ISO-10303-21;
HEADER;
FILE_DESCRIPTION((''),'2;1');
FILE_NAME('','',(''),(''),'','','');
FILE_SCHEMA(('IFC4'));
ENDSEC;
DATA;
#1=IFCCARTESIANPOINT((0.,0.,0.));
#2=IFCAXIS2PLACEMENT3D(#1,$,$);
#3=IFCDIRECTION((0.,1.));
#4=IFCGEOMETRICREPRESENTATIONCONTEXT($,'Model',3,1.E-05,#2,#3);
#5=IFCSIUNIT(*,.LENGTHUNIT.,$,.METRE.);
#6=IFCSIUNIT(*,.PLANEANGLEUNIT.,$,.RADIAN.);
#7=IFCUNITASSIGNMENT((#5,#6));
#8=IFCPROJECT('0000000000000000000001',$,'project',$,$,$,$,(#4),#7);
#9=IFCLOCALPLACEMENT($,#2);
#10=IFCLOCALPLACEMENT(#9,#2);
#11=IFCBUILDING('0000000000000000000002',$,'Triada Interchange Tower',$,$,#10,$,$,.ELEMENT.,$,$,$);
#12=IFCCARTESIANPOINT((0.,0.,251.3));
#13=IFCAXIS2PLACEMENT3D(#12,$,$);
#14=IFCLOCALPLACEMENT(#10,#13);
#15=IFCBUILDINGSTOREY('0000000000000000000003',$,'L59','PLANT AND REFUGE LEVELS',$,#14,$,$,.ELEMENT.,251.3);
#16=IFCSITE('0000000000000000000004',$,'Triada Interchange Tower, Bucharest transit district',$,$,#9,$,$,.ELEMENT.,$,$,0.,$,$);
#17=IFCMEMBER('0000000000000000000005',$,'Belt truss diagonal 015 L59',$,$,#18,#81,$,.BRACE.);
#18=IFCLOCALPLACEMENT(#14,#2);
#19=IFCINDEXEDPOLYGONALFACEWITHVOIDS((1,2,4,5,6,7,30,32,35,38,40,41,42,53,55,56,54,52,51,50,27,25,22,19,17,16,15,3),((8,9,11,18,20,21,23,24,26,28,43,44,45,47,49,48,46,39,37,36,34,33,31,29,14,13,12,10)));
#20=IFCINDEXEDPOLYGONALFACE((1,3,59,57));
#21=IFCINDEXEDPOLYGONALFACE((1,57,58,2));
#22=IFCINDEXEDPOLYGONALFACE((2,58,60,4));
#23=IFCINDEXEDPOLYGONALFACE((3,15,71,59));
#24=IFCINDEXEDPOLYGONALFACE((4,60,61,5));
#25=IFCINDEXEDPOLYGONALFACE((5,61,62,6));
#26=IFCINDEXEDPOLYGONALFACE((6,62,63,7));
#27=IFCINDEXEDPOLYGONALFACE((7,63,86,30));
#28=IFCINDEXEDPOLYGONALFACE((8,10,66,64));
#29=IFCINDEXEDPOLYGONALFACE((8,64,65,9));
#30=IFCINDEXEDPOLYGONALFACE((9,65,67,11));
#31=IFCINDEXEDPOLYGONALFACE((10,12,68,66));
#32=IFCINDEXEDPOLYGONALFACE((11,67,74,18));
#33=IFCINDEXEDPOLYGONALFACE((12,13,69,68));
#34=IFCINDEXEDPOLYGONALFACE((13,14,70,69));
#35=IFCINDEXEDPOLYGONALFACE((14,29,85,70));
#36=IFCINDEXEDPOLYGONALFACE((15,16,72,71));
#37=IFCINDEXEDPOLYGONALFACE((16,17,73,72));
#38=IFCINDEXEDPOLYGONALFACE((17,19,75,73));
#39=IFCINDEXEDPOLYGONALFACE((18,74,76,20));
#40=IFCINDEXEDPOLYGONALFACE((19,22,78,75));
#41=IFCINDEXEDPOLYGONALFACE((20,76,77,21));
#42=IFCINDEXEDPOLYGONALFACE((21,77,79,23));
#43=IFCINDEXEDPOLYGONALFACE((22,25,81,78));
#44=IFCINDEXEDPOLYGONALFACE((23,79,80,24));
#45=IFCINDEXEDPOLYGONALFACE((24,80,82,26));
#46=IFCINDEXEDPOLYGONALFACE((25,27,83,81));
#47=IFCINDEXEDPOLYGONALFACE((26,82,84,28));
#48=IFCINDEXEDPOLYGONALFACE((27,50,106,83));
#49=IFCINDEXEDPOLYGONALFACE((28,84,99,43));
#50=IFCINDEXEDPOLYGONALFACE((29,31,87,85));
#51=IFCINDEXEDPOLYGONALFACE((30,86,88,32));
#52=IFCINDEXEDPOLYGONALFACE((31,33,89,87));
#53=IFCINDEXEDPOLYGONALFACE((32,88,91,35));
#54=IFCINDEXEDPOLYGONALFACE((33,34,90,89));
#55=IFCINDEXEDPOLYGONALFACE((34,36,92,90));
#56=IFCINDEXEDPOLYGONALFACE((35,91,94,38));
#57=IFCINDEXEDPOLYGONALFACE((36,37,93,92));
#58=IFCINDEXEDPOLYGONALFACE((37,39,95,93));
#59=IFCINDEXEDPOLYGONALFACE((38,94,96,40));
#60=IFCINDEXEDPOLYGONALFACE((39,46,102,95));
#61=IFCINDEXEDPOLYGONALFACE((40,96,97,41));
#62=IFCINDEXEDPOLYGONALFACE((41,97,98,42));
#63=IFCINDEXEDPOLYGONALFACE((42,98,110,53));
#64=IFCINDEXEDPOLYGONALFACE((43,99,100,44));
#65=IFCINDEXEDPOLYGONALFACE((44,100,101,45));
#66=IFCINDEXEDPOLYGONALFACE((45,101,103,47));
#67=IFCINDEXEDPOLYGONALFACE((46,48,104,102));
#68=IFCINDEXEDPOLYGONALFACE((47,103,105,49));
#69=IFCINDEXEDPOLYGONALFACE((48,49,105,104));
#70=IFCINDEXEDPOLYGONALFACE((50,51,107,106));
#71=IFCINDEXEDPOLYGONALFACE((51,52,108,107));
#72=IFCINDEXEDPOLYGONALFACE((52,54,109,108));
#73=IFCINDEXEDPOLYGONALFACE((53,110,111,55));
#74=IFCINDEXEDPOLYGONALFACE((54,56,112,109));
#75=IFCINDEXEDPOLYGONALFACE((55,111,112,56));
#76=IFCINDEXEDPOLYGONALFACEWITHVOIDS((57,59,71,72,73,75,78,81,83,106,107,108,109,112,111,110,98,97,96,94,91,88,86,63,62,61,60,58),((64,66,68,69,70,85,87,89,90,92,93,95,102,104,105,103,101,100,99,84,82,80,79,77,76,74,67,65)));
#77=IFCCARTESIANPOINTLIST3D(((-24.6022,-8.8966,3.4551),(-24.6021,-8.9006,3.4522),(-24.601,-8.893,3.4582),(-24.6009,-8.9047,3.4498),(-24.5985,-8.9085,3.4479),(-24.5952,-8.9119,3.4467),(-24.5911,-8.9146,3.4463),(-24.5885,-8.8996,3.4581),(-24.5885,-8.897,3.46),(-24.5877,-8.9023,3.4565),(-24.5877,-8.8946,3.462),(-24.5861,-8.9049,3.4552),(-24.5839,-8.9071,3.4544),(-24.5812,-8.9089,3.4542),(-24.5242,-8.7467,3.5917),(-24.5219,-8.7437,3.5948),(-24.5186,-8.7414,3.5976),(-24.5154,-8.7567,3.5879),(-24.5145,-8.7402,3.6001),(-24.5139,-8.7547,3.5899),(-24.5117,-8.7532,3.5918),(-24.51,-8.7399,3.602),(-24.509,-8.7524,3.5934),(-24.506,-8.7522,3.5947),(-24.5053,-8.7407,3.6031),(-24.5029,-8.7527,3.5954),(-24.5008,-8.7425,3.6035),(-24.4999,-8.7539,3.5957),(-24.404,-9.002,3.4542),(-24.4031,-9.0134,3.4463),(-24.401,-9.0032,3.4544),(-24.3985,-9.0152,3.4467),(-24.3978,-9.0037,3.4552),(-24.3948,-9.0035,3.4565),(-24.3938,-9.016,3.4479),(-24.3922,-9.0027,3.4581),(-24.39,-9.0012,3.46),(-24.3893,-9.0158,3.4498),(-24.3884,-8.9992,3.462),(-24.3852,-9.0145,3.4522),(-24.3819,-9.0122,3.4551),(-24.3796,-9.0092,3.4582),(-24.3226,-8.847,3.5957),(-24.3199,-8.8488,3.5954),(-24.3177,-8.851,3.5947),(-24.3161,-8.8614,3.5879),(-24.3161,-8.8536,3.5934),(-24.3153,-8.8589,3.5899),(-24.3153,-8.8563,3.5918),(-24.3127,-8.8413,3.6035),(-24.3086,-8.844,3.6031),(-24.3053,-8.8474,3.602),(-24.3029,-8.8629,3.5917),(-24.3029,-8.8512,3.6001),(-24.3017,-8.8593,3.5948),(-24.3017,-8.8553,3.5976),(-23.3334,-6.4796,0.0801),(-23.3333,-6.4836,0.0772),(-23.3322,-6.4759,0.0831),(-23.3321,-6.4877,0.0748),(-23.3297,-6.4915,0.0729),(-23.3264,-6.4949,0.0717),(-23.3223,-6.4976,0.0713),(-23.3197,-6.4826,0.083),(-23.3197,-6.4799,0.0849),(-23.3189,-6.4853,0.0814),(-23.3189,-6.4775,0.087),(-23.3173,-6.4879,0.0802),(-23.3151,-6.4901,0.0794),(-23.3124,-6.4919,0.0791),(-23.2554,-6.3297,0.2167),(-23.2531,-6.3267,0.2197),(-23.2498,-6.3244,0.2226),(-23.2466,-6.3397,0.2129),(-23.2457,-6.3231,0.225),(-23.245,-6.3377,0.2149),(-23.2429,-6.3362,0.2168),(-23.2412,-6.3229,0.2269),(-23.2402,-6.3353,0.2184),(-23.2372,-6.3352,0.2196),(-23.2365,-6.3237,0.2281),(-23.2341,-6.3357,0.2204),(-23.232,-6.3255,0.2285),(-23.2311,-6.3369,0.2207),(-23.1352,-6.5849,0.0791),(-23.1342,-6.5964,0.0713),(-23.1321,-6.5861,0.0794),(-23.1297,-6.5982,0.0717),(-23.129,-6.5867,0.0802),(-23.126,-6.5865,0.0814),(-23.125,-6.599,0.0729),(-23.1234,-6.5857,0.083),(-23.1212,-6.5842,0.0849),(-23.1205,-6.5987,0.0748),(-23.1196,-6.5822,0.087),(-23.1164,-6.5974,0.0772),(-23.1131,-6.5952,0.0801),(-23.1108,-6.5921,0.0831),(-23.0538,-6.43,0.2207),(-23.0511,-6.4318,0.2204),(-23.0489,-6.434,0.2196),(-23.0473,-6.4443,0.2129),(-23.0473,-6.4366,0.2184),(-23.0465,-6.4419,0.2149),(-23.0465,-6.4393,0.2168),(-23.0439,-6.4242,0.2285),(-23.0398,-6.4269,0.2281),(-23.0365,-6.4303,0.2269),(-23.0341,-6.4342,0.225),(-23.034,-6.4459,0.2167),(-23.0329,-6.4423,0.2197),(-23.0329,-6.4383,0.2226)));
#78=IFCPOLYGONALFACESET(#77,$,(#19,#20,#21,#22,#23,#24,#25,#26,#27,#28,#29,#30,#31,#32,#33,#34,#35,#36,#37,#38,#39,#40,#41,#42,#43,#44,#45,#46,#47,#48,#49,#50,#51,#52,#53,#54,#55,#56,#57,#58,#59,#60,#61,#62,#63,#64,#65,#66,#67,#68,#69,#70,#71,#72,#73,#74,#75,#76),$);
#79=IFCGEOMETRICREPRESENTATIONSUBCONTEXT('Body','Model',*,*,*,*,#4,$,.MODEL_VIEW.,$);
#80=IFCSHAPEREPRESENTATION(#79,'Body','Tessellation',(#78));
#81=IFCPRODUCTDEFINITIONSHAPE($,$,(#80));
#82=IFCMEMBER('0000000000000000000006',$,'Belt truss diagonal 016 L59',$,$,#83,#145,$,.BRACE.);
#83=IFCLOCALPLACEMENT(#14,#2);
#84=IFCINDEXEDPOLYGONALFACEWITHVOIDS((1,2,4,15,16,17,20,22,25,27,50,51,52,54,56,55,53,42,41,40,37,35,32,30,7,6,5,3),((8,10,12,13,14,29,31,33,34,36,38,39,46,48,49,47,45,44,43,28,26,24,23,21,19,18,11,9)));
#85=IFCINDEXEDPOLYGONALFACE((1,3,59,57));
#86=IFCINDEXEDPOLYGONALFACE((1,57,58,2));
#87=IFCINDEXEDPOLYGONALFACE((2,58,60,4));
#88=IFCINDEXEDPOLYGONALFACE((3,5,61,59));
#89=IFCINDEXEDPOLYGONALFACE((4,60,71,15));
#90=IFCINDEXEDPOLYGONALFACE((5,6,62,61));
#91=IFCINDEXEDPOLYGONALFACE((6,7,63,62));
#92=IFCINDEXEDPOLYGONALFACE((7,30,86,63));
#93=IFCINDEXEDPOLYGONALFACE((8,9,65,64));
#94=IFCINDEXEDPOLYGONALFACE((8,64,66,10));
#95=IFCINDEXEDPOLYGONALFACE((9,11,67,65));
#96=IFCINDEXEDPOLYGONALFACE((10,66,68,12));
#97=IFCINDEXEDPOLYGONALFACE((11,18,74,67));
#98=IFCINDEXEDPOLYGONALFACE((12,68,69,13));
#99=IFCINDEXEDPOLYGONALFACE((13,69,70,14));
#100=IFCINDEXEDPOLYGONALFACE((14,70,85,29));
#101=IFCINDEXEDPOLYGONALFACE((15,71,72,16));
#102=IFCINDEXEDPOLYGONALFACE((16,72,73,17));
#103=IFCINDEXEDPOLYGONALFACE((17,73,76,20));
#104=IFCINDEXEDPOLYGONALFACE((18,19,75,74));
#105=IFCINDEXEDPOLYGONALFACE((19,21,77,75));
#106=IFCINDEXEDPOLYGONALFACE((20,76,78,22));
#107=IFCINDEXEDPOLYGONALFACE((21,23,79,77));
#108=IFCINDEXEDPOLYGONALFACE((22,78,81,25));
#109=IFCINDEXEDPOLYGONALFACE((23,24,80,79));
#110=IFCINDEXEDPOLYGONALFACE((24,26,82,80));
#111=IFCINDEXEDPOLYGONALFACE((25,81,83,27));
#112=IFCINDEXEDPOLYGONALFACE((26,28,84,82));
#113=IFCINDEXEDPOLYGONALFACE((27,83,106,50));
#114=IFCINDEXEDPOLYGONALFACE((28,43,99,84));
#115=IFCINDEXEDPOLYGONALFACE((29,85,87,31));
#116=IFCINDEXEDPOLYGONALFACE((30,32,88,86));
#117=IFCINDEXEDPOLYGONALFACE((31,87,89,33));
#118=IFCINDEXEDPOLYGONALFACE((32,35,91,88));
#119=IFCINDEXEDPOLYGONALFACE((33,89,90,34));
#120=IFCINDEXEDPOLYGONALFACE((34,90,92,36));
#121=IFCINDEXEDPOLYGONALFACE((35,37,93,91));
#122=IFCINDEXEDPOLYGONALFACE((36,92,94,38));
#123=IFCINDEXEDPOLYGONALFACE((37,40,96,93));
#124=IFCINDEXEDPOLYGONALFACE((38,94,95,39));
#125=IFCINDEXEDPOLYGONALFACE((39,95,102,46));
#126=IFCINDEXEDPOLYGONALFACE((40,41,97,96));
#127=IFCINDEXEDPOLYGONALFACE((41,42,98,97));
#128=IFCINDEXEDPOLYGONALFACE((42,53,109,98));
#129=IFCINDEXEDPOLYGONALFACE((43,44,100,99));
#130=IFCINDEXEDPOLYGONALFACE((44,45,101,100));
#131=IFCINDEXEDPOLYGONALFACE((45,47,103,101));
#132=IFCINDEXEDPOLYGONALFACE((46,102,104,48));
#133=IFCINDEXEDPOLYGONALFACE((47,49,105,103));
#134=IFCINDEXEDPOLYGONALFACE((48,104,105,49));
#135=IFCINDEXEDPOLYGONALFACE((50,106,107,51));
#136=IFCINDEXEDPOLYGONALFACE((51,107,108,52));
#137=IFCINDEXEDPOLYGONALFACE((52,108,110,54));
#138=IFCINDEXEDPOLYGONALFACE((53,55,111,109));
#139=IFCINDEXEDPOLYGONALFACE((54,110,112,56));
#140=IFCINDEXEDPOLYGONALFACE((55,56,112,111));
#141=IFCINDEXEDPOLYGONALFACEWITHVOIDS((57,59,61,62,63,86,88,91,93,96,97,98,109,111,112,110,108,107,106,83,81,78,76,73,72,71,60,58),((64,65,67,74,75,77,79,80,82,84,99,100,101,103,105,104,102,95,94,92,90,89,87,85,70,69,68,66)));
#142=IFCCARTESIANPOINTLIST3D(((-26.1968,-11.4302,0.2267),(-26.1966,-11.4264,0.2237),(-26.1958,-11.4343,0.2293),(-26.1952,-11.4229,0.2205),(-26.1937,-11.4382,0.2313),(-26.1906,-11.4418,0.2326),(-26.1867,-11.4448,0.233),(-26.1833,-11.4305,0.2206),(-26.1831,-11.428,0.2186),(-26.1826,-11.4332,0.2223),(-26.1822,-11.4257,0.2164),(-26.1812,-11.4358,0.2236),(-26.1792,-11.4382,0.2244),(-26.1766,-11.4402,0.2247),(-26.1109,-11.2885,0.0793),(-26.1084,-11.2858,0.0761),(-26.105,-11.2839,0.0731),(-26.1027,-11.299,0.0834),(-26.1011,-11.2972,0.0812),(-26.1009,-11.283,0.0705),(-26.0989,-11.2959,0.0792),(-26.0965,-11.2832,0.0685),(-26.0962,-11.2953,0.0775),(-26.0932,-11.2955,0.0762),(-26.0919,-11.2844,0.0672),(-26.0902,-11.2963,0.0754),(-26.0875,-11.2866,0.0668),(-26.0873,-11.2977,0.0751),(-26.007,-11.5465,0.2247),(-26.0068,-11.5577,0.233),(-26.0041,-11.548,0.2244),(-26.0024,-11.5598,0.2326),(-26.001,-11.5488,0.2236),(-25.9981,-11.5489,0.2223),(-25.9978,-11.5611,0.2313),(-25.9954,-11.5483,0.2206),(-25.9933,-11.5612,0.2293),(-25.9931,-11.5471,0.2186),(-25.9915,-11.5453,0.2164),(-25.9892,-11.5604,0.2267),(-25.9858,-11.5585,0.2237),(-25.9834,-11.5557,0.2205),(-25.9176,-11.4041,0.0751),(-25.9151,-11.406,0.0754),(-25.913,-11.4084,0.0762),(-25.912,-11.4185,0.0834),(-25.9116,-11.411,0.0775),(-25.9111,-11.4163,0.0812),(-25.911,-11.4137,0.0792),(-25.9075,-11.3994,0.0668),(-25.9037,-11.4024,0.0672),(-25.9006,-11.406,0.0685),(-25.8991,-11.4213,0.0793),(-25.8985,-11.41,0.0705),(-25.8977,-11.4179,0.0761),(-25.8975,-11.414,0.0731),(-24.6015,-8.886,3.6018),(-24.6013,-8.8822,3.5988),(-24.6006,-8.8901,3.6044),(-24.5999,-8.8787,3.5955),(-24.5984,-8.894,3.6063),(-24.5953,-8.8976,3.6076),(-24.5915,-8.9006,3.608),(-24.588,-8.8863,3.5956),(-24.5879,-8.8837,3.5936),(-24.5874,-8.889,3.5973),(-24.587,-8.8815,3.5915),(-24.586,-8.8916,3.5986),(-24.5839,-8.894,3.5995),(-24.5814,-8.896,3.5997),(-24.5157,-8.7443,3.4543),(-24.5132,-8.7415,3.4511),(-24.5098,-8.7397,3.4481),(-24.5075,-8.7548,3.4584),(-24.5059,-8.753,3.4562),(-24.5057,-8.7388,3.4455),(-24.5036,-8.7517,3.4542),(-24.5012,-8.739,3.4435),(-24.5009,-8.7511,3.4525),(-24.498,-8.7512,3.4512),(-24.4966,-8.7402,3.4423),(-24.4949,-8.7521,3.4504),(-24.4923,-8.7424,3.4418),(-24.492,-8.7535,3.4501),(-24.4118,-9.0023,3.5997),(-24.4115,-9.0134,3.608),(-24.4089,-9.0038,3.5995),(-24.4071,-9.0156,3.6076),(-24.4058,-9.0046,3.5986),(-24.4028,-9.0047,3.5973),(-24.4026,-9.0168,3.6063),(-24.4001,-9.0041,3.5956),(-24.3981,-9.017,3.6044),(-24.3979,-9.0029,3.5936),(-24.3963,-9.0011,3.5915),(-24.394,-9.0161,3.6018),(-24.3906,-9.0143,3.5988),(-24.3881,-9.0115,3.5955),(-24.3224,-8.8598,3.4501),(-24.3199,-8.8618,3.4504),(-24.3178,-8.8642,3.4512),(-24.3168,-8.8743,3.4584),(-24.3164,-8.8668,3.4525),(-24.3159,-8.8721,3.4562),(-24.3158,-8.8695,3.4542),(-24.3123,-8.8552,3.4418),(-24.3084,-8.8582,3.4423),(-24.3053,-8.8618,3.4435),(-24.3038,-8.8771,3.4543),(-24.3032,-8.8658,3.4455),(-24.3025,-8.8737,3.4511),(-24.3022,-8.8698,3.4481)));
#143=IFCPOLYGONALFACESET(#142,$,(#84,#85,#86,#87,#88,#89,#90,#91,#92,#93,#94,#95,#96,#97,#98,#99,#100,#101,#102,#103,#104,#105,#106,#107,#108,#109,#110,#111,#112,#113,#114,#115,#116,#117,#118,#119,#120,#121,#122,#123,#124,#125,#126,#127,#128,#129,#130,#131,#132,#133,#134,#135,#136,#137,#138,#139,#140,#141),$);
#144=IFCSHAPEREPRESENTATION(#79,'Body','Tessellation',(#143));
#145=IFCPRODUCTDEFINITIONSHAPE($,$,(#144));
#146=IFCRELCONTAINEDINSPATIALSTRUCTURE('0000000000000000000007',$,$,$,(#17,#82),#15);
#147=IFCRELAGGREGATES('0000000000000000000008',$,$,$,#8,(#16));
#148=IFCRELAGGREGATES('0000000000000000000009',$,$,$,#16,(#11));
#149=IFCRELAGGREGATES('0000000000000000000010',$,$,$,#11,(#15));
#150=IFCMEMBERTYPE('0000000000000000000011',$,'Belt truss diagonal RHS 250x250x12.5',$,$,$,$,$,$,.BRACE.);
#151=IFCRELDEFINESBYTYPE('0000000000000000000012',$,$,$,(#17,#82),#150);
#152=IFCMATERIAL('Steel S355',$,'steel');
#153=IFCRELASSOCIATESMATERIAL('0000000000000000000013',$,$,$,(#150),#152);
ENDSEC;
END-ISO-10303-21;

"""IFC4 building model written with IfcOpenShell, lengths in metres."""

from ifc_helpers import new_model, si_unit, direction, frame, origin, origin_2d, place, context, subcontext, project, spatial, hollow_rectangle, extrude, material, material_profile, profile_set, type_object, element, save


model = new_model("IFC4")

# Units and contexts
model_context = context("Model", 3, precision=1e-05, world=origin(), true_north=direction((0.0, 1.0)))
body_context = subcontext(model_context, "Body", "Model", "MODEL_VIEW")
ifc_project = project(units=[si_unit("LENGTHUNIT", "METRE"), si_unit("PLANEANGLEUNIT", "RADIAN")], contexts=[model_context])

# Site, building, storey
site_placement = place(None, origin())
site = spatial("IfcSite", under=ifc_project, at=site_placement, Name="Triada Interchange Tower, Bucharest transit district", CompositionType="ELEMENT", RefElevation=0.0)
building_placement = place(site_placement, origin())
building = spatial("IfcBuilding", under=site, at=building_placement, Name="Triada Interchange Tower", CompositionType="ELEMENT")
storey_placement = place(building_placement, frame((0.0, 0.0, 251.3)))
storey = spatial("IfcBuildingStorey", under=building, at=storey_placement, Name="L59", Description="PLANT AND REFUGE LEVELS", CompositionType="ELEMENT", Elevation=251.3)

# Members
ifc_material_1 = material(Name="Steel S355", Category="steel")
ifc_material_profile_1 = material_profile(ifc_material_1, hollow_rectangle(XDim=0.25, YDim=0.25, WallThickness=0.0125, InnerFilletRadius=0.0125, OuterFilletRadius=0.0188, at=origin_2d()), Name="RHS 250x250x12.5")
ifc_profile_set_1 = profile_set([ifc_material_profile_1], Name="Steel S355")
member_type = type_object("IfcMemberType", Name="Belt truss diagonal RHS 250x250x12.5", PredefinedType="BRACE", material=ifc_profile_set_1)
member_1_placement = place(storey_placement, frame((-23.1831, -6.4609, 0.1499), z_axis=(-0.292298, -0.556811, 0.777511), x_axis=(0.885416, -0.464799, 0.0)))
element("IfcMember", 1, at=member_1_placement, inside=storey, type_object=member_type, Name="Belt truss diagonal 015 L59", PredefinedType="BRACE", context=body_context, shape_type="SweptSolid", body=[
    extrude(hollow_rectangle(XDim=0.25, YDim=0.25, WallThickness=0.0125, InnerFilletRadius=0.0125, OuterFilletRadius=0.0188, at=origin_2d()), origin(), (0.0, 0.0, 1.0), 4.3408),
])
member_2_placement = place(storey_placement, frame((-26.0471, -11.4221, 0.1499), z_axis=(0.353115, 0.563179, 0.747087), x_axis=(-0.847235, 0.531219, 0.0)))
element("IfcMember", 2, at=member_2_placement, inside=storey, type_object=member_type, Name="Belt truss diagonal 016 L59", PredefinedType="BRACE", context=body_context, shape_type="SweptSolid", body=[
    extrude(hollow_rectangle(XDim=0.25, YDim=0.25, WallThickness=0.0125, InnerFilletRadius=0.0125, OuterFilletRadius=0.0188, at=origin_2d()), origin(), (0.0, 0.0, 1.0), 4.5176),
])

save(model, "model.ifc")
